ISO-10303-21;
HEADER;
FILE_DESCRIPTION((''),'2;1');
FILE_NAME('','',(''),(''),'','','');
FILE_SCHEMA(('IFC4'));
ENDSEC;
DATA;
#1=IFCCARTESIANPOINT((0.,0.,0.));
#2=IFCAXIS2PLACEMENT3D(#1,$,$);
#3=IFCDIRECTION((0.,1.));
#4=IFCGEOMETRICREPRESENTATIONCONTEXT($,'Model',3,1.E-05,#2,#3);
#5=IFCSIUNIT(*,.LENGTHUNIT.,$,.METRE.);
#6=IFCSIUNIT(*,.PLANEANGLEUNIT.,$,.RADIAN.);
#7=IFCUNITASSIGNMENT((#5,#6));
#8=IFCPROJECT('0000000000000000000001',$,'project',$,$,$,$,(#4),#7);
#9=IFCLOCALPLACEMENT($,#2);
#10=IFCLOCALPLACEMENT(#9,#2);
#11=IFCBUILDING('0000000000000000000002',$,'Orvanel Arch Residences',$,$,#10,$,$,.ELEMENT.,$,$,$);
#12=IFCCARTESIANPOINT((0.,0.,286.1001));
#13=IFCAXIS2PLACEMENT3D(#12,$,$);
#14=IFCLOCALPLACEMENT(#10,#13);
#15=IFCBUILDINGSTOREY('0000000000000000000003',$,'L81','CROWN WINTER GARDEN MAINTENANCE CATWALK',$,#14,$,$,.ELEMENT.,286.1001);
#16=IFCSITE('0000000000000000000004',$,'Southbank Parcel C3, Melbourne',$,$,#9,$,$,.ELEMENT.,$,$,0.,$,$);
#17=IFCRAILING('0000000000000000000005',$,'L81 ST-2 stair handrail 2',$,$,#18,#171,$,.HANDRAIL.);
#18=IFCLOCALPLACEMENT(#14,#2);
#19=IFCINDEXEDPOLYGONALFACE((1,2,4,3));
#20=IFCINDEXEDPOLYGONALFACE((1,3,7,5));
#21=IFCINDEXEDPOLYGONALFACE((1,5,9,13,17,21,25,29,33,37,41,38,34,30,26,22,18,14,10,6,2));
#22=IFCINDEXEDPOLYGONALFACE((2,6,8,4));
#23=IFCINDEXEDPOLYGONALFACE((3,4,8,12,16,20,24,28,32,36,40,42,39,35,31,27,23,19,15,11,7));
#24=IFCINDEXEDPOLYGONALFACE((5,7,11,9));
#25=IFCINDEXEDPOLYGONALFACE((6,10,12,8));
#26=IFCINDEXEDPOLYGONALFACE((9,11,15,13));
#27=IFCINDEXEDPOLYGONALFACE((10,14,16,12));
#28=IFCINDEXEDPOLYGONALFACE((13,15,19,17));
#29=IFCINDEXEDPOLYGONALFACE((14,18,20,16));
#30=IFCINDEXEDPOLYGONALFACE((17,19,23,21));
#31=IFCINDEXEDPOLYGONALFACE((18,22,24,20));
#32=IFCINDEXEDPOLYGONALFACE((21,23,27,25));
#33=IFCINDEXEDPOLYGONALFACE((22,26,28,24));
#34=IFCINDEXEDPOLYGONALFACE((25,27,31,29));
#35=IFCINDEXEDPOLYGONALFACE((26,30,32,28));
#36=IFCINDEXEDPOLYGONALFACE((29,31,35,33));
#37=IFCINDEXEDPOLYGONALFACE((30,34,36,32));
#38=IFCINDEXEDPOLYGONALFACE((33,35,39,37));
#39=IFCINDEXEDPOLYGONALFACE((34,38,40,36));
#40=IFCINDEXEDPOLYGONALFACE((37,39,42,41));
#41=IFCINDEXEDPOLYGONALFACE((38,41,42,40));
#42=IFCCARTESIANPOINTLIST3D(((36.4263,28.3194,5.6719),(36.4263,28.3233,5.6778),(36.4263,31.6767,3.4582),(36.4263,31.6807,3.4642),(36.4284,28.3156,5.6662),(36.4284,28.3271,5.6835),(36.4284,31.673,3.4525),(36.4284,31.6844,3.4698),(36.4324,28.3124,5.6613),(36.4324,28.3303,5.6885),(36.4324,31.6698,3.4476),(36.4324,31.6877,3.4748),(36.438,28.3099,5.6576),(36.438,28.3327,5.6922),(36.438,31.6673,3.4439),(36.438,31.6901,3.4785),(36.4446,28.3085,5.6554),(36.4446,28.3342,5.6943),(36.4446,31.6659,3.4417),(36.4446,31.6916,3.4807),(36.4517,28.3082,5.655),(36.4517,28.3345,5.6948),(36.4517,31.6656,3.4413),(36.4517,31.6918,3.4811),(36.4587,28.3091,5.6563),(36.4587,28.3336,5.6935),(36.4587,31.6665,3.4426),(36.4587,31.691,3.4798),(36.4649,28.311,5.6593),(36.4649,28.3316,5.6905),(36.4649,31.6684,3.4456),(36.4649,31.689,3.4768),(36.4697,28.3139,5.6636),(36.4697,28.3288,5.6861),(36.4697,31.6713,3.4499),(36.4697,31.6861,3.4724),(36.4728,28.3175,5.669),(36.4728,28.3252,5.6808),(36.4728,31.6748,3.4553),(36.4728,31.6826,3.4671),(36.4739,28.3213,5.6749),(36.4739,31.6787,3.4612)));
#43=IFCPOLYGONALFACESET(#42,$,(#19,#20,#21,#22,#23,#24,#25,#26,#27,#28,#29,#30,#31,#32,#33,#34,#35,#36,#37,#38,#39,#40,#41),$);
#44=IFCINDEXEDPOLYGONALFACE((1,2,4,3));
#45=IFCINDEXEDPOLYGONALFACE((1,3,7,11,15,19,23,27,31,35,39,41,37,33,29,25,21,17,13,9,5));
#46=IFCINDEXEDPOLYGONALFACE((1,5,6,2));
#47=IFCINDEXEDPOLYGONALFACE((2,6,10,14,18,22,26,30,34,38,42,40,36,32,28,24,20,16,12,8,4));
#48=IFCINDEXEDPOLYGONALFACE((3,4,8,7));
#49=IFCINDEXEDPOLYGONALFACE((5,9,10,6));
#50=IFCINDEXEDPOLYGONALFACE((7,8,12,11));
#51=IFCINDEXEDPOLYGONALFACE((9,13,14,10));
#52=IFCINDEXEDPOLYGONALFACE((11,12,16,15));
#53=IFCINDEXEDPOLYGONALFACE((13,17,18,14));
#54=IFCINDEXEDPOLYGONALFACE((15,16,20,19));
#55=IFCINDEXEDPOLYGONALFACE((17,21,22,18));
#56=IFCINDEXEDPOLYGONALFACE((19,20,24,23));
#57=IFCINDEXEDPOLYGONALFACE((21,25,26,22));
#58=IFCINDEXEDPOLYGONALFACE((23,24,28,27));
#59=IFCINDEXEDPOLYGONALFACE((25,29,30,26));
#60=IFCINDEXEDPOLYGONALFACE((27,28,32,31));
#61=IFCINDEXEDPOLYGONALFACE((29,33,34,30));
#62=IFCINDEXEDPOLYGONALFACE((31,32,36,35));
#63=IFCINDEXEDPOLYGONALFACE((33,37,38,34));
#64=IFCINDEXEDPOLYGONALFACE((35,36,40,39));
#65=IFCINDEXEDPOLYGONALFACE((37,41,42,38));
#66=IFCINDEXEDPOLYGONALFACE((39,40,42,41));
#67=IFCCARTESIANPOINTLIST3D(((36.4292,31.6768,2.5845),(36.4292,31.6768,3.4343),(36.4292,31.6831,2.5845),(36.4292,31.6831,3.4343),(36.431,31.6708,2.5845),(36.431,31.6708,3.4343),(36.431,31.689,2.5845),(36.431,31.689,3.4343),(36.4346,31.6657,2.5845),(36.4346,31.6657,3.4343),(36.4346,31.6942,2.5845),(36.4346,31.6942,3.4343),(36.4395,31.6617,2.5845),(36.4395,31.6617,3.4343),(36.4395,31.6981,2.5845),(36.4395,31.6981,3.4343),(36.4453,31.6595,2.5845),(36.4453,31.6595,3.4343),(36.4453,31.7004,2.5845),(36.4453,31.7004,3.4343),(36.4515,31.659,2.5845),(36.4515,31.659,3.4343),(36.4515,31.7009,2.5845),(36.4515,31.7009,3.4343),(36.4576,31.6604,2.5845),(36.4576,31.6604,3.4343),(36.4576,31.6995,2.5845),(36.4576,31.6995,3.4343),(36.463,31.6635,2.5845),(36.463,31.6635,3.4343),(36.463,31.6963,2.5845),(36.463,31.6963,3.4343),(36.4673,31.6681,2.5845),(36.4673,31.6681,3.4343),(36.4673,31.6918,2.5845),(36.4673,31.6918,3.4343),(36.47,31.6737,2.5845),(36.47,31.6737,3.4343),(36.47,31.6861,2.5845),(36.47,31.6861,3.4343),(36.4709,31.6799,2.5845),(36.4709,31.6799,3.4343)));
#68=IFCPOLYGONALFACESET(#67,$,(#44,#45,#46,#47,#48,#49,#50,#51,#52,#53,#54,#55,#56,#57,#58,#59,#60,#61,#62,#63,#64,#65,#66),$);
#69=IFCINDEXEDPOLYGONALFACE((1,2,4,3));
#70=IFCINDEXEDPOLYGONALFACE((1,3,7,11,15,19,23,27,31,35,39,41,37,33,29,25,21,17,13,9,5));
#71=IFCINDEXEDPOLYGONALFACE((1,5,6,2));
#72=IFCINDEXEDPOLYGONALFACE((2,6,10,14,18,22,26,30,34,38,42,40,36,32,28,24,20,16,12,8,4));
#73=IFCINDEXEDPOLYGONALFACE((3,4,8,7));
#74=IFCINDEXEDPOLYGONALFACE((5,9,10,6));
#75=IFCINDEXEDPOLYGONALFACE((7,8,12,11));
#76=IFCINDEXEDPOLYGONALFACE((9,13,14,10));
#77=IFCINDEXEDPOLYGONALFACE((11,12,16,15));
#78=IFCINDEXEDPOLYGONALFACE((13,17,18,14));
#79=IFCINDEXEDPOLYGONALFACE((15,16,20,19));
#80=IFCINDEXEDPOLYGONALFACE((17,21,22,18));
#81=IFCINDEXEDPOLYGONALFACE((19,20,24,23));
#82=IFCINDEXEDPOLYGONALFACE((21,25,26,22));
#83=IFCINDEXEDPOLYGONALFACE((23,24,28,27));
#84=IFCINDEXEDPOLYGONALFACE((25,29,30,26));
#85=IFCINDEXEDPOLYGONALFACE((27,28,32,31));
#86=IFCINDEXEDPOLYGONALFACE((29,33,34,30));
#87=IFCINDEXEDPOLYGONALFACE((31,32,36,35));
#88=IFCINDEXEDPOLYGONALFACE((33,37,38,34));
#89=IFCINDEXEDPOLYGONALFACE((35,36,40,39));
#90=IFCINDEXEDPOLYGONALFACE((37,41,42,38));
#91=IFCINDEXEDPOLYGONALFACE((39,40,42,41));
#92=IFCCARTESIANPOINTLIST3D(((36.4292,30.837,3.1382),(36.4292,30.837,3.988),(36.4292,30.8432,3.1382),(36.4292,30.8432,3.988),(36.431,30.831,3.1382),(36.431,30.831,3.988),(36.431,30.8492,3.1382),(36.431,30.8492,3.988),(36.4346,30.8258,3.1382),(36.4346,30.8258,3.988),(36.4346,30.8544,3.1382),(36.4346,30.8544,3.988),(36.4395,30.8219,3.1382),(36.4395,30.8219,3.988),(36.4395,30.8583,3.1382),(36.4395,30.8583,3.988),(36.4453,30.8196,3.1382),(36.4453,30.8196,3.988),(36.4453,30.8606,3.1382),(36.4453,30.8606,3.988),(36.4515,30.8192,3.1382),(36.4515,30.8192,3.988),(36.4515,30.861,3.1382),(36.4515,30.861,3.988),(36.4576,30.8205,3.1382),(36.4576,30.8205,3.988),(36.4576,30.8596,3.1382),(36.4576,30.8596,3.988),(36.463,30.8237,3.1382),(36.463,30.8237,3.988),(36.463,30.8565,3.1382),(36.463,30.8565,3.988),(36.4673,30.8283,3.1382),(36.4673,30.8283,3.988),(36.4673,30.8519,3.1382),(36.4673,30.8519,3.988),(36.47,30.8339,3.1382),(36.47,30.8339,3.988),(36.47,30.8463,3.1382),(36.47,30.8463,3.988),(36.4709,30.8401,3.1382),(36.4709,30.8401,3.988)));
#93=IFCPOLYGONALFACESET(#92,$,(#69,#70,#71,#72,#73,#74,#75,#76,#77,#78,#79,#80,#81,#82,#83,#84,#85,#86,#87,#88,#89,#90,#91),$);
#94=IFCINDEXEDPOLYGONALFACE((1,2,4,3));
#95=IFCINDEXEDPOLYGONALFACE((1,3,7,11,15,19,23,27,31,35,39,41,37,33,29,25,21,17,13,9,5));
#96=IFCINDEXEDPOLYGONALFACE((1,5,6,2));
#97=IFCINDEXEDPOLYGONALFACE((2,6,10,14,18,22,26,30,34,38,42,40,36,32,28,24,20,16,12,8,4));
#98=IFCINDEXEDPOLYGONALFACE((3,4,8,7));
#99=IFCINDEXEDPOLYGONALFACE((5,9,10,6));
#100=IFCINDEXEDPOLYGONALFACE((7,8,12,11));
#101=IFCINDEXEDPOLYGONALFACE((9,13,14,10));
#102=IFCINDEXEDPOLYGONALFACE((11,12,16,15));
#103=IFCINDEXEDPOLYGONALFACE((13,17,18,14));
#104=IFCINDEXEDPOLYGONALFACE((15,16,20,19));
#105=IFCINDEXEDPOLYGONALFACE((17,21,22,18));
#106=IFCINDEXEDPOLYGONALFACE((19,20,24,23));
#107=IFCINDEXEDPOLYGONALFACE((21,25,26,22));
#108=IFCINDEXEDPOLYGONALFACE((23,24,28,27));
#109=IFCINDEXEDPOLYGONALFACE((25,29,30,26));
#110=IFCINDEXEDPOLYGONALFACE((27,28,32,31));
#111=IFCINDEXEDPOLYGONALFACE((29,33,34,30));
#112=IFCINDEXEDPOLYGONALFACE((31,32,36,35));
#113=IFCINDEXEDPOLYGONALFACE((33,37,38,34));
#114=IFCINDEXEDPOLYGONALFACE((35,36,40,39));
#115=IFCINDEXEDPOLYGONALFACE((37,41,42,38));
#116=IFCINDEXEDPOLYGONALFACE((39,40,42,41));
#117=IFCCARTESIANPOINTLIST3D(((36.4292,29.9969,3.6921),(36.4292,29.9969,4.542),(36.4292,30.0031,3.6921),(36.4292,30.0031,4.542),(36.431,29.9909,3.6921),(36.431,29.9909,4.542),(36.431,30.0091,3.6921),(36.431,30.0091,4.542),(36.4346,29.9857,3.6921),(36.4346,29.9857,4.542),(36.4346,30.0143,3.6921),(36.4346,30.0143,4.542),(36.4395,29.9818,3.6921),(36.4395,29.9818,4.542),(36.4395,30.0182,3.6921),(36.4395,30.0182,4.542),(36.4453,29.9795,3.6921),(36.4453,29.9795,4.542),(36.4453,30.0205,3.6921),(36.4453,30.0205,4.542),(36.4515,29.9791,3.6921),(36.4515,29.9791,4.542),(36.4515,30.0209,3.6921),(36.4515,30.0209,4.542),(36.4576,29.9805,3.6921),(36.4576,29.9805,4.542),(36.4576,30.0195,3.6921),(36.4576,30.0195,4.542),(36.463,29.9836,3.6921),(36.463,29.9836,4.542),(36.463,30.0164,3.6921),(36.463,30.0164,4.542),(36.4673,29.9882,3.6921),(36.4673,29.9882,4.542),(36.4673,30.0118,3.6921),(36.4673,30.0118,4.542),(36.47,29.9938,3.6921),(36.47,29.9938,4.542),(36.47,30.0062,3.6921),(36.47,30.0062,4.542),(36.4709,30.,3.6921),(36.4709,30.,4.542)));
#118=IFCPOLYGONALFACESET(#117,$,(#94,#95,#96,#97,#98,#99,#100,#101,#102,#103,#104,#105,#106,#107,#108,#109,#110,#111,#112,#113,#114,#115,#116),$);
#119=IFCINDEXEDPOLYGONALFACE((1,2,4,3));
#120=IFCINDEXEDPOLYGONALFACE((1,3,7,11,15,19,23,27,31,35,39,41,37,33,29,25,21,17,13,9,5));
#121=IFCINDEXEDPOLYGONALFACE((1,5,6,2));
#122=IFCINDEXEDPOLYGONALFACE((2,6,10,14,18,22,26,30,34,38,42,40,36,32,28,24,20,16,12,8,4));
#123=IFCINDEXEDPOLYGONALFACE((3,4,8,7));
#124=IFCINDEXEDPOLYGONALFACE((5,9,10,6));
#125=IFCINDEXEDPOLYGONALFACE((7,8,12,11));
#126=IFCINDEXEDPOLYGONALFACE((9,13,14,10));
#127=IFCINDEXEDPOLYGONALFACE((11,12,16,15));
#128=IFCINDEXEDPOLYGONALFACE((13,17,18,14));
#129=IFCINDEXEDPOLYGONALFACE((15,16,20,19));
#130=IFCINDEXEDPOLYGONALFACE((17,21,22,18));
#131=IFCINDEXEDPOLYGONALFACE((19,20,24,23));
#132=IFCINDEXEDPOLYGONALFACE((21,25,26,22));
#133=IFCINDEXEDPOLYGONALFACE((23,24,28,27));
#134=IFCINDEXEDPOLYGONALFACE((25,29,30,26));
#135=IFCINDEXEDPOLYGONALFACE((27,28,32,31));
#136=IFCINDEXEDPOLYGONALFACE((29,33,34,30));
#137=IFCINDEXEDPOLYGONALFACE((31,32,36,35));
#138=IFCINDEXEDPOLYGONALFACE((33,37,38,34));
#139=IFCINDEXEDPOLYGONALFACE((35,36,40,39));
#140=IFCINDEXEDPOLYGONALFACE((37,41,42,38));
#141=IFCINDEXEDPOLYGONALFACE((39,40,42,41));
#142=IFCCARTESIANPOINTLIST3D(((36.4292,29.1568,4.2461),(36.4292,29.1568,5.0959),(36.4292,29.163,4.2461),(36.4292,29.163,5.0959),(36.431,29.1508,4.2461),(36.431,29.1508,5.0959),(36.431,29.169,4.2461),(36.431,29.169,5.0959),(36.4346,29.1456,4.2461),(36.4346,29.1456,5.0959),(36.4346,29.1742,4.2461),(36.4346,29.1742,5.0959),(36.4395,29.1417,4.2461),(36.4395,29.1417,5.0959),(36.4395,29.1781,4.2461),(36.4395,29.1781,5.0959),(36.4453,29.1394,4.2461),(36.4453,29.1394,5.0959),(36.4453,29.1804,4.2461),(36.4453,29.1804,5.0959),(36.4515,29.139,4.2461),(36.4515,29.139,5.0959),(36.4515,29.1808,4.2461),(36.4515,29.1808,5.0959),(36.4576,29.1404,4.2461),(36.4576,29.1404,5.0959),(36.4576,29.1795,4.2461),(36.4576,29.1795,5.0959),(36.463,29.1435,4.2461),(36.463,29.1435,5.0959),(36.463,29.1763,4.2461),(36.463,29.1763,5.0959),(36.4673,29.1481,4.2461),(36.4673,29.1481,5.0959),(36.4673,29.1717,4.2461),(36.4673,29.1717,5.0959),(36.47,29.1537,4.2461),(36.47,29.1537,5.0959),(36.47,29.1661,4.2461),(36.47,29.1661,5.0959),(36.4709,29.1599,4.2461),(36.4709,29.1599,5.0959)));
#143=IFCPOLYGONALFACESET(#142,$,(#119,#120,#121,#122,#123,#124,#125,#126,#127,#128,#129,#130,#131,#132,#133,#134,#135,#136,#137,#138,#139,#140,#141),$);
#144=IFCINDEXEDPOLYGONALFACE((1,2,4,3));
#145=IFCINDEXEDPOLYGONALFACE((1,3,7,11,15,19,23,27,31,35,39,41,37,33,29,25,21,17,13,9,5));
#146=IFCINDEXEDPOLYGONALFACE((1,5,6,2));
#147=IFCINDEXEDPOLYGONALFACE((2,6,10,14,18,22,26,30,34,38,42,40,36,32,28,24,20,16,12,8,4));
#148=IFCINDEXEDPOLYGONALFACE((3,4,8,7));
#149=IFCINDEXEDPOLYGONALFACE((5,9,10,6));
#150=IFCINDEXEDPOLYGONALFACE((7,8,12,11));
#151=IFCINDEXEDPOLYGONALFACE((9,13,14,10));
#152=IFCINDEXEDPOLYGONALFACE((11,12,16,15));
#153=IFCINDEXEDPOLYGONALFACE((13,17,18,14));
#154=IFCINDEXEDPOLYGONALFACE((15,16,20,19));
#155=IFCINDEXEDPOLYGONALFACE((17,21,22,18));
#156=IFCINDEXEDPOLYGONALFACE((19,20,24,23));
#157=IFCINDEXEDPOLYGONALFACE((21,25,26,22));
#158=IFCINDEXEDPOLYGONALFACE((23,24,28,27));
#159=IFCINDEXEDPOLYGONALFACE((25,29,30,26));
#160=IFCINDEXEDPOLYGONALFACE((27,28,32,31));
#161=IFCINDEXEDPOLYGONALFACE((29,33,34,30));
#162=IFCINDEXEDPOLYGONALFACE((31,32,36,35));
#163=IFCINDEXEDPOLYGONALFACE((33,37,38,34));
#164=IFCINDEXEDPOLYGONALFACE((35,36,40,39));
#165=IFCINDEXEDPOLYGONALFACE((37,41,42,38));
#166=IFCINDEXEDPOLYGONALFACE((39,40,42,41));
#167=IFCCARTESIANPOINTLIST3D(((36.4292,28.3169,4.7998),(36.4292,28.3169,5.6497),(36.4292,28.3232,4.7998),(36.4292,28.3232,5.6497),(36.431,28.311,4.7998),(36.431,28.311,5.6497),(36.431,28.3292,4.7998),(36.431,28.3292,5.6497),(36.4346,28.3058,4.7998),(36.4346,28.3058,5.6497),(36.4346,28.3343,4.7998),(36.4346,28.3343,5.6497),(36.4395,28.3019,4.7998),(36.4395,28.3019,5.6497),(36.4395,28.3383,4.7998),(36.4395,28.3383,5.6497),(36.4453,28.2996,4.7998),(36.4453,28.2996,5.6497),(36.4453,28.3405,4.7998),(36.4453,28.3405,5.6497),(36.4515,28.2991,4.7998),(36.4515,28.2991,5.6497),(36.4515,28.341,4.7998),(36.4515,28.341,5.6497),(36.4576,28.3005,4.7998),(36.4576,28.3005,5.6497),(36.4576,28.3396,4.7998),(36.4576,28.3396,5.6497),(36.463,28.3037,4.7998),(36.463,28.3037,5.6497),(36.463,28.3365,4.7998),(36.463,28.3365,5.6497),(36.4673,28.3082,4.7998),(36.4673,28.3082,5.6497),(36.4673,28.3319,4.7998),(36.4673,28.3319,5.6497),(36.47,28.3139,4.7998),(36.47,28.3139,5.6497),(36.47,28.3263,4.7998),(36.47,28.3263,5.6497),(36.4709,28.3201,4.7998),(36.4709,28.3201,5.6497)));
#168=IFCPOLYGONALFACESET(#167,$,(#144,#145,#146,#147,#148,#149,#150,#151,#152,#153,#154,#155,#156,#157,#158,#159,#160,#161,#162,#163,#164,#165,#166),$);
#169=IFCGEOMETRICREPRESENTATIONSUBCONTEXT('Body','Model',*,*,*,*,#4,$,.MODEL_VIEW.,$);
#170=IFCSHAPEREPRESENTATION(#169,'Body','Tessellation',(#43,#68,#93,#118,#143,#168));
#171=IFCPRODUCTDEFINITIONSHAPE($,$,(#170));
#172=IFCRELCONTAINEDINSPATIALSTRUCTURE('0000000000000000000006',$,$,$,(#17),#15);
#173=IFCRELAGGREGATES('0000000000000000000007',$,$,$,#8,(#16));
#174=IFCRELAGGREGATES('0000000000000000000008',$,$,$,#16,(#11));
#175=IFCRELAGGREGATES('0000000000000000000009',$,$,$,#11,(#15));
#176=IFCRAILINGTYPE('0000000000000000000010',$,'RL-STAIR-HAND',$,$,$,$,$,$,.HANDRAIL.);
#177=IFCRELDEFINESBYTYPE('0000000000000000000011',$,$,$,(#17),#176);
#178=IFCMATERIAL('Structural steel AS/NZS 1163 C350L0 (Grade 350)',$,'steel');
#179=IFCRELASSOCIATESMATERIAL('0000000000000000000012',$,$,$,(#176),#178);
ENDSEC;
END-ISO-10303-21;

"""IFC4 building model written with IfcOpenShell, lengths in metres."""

from ifc_helpers import new_model, si_unit, direction, frame, origin, origin_2d, place, context, subcontext, project, spatial, circle, extrude, material, type_object, element, save


model = new_model("IFC4")

# Units and contexts
model_context = context("Model", 3, precision=1e-05, world=origin(), true_north=direction((0.0, 1.0)))
body_context = subcontext(model_context, "Body", "Model", "MODEL_VIEW")
ifc_project = project(units=[si_unit("LENGTHUNIT", "METRE"), si_unit("PLANEANGLEUNIT", "RADIAN")], contexts=[model_context])

# Site, building, storey
site_placement = place(None, origin())
site = spatial("IfcSite", under=ifc_project, at=site_placement, Name="Southbank Parcel C3, Melbourne", CompositionType="ELEMENT", RefElevation=0.0)
building_placement = place(site_placement, origin())
building = spatial("IfcBuilding", under=site, at=building_placement, Name="Orvanel Arch Residences", CompositionType="ELEMENT")
storey_placement = place(building_placement, frame((0.0, 0.0, 286.1001)))
storey = spatial("IfcBuildingStorey", under=building, at=storey_placement, Name="L81", Description="CROWN WINTER GARDEN MAINTENANCE CATWALK", CompositionType="ELEMENT", Elevation=286.1001)

# Shared definitions
ifc_material_1 = material(Name="Structural steel AS/NZS 1163 C350L0 (Grade 350)", Category="steel")

# Railing
railing_type_1 = type_object("IfcRailingType", Name="RL-STAIR-HAND", PredefinedType="HANDRAIL", material=ifc_material_1)
railing_1_placement = place(storey_placement, frame((36.45, 31.6799, 2.5845)))
element("IfcRailing", 1, at=railing_1_placement, inside=storey, type_object=railing_type_1, Name="L81 ST-2 stair handrail 2", PredefinedType="HANDRAIL", context=body_context, shape_type="SweptSolid", body=[
    extrude(circle(Radius=0.0239, at=origin_2d()), frame((0.0, -0.0012, 0.8767), z_axis=(0.0, -0.834858, 0.550465), x_axis=(1.0, 0.0, 0.0)), (0.0, 0.0, 1.0), 4.0215),
    extrude(circle(Radius=0.021, at=origin_2d()), origin(), (0.0, 0.0, 1.0), 0.8499),
    extrude(circle(Radius=0.021, at=origin_2d()), frame((0.0, -0.8398, 0.5537)), (0.0, 0.0, 1.0), 0.8499),
    extrude(circle(Radius=0.021, at=origin_2d()), frame((0.0, -1.6799, 1.1077)), (0.0, 0.0, 1.0), 0.8499),
    extrude(circle(Radius=0.021, at=origin_2d()), frame((0.0, -2.52, 1.6616)), (0.0, 0.0, 1.0), 0.8499),
    extrude(circle(Radius=0.021, at=origin_2d()), frame((0.0, -3.3599, 2.2153)), (0.0, 0.0, 1.0), 0.8499),
])

save(model, "model.ifc")
